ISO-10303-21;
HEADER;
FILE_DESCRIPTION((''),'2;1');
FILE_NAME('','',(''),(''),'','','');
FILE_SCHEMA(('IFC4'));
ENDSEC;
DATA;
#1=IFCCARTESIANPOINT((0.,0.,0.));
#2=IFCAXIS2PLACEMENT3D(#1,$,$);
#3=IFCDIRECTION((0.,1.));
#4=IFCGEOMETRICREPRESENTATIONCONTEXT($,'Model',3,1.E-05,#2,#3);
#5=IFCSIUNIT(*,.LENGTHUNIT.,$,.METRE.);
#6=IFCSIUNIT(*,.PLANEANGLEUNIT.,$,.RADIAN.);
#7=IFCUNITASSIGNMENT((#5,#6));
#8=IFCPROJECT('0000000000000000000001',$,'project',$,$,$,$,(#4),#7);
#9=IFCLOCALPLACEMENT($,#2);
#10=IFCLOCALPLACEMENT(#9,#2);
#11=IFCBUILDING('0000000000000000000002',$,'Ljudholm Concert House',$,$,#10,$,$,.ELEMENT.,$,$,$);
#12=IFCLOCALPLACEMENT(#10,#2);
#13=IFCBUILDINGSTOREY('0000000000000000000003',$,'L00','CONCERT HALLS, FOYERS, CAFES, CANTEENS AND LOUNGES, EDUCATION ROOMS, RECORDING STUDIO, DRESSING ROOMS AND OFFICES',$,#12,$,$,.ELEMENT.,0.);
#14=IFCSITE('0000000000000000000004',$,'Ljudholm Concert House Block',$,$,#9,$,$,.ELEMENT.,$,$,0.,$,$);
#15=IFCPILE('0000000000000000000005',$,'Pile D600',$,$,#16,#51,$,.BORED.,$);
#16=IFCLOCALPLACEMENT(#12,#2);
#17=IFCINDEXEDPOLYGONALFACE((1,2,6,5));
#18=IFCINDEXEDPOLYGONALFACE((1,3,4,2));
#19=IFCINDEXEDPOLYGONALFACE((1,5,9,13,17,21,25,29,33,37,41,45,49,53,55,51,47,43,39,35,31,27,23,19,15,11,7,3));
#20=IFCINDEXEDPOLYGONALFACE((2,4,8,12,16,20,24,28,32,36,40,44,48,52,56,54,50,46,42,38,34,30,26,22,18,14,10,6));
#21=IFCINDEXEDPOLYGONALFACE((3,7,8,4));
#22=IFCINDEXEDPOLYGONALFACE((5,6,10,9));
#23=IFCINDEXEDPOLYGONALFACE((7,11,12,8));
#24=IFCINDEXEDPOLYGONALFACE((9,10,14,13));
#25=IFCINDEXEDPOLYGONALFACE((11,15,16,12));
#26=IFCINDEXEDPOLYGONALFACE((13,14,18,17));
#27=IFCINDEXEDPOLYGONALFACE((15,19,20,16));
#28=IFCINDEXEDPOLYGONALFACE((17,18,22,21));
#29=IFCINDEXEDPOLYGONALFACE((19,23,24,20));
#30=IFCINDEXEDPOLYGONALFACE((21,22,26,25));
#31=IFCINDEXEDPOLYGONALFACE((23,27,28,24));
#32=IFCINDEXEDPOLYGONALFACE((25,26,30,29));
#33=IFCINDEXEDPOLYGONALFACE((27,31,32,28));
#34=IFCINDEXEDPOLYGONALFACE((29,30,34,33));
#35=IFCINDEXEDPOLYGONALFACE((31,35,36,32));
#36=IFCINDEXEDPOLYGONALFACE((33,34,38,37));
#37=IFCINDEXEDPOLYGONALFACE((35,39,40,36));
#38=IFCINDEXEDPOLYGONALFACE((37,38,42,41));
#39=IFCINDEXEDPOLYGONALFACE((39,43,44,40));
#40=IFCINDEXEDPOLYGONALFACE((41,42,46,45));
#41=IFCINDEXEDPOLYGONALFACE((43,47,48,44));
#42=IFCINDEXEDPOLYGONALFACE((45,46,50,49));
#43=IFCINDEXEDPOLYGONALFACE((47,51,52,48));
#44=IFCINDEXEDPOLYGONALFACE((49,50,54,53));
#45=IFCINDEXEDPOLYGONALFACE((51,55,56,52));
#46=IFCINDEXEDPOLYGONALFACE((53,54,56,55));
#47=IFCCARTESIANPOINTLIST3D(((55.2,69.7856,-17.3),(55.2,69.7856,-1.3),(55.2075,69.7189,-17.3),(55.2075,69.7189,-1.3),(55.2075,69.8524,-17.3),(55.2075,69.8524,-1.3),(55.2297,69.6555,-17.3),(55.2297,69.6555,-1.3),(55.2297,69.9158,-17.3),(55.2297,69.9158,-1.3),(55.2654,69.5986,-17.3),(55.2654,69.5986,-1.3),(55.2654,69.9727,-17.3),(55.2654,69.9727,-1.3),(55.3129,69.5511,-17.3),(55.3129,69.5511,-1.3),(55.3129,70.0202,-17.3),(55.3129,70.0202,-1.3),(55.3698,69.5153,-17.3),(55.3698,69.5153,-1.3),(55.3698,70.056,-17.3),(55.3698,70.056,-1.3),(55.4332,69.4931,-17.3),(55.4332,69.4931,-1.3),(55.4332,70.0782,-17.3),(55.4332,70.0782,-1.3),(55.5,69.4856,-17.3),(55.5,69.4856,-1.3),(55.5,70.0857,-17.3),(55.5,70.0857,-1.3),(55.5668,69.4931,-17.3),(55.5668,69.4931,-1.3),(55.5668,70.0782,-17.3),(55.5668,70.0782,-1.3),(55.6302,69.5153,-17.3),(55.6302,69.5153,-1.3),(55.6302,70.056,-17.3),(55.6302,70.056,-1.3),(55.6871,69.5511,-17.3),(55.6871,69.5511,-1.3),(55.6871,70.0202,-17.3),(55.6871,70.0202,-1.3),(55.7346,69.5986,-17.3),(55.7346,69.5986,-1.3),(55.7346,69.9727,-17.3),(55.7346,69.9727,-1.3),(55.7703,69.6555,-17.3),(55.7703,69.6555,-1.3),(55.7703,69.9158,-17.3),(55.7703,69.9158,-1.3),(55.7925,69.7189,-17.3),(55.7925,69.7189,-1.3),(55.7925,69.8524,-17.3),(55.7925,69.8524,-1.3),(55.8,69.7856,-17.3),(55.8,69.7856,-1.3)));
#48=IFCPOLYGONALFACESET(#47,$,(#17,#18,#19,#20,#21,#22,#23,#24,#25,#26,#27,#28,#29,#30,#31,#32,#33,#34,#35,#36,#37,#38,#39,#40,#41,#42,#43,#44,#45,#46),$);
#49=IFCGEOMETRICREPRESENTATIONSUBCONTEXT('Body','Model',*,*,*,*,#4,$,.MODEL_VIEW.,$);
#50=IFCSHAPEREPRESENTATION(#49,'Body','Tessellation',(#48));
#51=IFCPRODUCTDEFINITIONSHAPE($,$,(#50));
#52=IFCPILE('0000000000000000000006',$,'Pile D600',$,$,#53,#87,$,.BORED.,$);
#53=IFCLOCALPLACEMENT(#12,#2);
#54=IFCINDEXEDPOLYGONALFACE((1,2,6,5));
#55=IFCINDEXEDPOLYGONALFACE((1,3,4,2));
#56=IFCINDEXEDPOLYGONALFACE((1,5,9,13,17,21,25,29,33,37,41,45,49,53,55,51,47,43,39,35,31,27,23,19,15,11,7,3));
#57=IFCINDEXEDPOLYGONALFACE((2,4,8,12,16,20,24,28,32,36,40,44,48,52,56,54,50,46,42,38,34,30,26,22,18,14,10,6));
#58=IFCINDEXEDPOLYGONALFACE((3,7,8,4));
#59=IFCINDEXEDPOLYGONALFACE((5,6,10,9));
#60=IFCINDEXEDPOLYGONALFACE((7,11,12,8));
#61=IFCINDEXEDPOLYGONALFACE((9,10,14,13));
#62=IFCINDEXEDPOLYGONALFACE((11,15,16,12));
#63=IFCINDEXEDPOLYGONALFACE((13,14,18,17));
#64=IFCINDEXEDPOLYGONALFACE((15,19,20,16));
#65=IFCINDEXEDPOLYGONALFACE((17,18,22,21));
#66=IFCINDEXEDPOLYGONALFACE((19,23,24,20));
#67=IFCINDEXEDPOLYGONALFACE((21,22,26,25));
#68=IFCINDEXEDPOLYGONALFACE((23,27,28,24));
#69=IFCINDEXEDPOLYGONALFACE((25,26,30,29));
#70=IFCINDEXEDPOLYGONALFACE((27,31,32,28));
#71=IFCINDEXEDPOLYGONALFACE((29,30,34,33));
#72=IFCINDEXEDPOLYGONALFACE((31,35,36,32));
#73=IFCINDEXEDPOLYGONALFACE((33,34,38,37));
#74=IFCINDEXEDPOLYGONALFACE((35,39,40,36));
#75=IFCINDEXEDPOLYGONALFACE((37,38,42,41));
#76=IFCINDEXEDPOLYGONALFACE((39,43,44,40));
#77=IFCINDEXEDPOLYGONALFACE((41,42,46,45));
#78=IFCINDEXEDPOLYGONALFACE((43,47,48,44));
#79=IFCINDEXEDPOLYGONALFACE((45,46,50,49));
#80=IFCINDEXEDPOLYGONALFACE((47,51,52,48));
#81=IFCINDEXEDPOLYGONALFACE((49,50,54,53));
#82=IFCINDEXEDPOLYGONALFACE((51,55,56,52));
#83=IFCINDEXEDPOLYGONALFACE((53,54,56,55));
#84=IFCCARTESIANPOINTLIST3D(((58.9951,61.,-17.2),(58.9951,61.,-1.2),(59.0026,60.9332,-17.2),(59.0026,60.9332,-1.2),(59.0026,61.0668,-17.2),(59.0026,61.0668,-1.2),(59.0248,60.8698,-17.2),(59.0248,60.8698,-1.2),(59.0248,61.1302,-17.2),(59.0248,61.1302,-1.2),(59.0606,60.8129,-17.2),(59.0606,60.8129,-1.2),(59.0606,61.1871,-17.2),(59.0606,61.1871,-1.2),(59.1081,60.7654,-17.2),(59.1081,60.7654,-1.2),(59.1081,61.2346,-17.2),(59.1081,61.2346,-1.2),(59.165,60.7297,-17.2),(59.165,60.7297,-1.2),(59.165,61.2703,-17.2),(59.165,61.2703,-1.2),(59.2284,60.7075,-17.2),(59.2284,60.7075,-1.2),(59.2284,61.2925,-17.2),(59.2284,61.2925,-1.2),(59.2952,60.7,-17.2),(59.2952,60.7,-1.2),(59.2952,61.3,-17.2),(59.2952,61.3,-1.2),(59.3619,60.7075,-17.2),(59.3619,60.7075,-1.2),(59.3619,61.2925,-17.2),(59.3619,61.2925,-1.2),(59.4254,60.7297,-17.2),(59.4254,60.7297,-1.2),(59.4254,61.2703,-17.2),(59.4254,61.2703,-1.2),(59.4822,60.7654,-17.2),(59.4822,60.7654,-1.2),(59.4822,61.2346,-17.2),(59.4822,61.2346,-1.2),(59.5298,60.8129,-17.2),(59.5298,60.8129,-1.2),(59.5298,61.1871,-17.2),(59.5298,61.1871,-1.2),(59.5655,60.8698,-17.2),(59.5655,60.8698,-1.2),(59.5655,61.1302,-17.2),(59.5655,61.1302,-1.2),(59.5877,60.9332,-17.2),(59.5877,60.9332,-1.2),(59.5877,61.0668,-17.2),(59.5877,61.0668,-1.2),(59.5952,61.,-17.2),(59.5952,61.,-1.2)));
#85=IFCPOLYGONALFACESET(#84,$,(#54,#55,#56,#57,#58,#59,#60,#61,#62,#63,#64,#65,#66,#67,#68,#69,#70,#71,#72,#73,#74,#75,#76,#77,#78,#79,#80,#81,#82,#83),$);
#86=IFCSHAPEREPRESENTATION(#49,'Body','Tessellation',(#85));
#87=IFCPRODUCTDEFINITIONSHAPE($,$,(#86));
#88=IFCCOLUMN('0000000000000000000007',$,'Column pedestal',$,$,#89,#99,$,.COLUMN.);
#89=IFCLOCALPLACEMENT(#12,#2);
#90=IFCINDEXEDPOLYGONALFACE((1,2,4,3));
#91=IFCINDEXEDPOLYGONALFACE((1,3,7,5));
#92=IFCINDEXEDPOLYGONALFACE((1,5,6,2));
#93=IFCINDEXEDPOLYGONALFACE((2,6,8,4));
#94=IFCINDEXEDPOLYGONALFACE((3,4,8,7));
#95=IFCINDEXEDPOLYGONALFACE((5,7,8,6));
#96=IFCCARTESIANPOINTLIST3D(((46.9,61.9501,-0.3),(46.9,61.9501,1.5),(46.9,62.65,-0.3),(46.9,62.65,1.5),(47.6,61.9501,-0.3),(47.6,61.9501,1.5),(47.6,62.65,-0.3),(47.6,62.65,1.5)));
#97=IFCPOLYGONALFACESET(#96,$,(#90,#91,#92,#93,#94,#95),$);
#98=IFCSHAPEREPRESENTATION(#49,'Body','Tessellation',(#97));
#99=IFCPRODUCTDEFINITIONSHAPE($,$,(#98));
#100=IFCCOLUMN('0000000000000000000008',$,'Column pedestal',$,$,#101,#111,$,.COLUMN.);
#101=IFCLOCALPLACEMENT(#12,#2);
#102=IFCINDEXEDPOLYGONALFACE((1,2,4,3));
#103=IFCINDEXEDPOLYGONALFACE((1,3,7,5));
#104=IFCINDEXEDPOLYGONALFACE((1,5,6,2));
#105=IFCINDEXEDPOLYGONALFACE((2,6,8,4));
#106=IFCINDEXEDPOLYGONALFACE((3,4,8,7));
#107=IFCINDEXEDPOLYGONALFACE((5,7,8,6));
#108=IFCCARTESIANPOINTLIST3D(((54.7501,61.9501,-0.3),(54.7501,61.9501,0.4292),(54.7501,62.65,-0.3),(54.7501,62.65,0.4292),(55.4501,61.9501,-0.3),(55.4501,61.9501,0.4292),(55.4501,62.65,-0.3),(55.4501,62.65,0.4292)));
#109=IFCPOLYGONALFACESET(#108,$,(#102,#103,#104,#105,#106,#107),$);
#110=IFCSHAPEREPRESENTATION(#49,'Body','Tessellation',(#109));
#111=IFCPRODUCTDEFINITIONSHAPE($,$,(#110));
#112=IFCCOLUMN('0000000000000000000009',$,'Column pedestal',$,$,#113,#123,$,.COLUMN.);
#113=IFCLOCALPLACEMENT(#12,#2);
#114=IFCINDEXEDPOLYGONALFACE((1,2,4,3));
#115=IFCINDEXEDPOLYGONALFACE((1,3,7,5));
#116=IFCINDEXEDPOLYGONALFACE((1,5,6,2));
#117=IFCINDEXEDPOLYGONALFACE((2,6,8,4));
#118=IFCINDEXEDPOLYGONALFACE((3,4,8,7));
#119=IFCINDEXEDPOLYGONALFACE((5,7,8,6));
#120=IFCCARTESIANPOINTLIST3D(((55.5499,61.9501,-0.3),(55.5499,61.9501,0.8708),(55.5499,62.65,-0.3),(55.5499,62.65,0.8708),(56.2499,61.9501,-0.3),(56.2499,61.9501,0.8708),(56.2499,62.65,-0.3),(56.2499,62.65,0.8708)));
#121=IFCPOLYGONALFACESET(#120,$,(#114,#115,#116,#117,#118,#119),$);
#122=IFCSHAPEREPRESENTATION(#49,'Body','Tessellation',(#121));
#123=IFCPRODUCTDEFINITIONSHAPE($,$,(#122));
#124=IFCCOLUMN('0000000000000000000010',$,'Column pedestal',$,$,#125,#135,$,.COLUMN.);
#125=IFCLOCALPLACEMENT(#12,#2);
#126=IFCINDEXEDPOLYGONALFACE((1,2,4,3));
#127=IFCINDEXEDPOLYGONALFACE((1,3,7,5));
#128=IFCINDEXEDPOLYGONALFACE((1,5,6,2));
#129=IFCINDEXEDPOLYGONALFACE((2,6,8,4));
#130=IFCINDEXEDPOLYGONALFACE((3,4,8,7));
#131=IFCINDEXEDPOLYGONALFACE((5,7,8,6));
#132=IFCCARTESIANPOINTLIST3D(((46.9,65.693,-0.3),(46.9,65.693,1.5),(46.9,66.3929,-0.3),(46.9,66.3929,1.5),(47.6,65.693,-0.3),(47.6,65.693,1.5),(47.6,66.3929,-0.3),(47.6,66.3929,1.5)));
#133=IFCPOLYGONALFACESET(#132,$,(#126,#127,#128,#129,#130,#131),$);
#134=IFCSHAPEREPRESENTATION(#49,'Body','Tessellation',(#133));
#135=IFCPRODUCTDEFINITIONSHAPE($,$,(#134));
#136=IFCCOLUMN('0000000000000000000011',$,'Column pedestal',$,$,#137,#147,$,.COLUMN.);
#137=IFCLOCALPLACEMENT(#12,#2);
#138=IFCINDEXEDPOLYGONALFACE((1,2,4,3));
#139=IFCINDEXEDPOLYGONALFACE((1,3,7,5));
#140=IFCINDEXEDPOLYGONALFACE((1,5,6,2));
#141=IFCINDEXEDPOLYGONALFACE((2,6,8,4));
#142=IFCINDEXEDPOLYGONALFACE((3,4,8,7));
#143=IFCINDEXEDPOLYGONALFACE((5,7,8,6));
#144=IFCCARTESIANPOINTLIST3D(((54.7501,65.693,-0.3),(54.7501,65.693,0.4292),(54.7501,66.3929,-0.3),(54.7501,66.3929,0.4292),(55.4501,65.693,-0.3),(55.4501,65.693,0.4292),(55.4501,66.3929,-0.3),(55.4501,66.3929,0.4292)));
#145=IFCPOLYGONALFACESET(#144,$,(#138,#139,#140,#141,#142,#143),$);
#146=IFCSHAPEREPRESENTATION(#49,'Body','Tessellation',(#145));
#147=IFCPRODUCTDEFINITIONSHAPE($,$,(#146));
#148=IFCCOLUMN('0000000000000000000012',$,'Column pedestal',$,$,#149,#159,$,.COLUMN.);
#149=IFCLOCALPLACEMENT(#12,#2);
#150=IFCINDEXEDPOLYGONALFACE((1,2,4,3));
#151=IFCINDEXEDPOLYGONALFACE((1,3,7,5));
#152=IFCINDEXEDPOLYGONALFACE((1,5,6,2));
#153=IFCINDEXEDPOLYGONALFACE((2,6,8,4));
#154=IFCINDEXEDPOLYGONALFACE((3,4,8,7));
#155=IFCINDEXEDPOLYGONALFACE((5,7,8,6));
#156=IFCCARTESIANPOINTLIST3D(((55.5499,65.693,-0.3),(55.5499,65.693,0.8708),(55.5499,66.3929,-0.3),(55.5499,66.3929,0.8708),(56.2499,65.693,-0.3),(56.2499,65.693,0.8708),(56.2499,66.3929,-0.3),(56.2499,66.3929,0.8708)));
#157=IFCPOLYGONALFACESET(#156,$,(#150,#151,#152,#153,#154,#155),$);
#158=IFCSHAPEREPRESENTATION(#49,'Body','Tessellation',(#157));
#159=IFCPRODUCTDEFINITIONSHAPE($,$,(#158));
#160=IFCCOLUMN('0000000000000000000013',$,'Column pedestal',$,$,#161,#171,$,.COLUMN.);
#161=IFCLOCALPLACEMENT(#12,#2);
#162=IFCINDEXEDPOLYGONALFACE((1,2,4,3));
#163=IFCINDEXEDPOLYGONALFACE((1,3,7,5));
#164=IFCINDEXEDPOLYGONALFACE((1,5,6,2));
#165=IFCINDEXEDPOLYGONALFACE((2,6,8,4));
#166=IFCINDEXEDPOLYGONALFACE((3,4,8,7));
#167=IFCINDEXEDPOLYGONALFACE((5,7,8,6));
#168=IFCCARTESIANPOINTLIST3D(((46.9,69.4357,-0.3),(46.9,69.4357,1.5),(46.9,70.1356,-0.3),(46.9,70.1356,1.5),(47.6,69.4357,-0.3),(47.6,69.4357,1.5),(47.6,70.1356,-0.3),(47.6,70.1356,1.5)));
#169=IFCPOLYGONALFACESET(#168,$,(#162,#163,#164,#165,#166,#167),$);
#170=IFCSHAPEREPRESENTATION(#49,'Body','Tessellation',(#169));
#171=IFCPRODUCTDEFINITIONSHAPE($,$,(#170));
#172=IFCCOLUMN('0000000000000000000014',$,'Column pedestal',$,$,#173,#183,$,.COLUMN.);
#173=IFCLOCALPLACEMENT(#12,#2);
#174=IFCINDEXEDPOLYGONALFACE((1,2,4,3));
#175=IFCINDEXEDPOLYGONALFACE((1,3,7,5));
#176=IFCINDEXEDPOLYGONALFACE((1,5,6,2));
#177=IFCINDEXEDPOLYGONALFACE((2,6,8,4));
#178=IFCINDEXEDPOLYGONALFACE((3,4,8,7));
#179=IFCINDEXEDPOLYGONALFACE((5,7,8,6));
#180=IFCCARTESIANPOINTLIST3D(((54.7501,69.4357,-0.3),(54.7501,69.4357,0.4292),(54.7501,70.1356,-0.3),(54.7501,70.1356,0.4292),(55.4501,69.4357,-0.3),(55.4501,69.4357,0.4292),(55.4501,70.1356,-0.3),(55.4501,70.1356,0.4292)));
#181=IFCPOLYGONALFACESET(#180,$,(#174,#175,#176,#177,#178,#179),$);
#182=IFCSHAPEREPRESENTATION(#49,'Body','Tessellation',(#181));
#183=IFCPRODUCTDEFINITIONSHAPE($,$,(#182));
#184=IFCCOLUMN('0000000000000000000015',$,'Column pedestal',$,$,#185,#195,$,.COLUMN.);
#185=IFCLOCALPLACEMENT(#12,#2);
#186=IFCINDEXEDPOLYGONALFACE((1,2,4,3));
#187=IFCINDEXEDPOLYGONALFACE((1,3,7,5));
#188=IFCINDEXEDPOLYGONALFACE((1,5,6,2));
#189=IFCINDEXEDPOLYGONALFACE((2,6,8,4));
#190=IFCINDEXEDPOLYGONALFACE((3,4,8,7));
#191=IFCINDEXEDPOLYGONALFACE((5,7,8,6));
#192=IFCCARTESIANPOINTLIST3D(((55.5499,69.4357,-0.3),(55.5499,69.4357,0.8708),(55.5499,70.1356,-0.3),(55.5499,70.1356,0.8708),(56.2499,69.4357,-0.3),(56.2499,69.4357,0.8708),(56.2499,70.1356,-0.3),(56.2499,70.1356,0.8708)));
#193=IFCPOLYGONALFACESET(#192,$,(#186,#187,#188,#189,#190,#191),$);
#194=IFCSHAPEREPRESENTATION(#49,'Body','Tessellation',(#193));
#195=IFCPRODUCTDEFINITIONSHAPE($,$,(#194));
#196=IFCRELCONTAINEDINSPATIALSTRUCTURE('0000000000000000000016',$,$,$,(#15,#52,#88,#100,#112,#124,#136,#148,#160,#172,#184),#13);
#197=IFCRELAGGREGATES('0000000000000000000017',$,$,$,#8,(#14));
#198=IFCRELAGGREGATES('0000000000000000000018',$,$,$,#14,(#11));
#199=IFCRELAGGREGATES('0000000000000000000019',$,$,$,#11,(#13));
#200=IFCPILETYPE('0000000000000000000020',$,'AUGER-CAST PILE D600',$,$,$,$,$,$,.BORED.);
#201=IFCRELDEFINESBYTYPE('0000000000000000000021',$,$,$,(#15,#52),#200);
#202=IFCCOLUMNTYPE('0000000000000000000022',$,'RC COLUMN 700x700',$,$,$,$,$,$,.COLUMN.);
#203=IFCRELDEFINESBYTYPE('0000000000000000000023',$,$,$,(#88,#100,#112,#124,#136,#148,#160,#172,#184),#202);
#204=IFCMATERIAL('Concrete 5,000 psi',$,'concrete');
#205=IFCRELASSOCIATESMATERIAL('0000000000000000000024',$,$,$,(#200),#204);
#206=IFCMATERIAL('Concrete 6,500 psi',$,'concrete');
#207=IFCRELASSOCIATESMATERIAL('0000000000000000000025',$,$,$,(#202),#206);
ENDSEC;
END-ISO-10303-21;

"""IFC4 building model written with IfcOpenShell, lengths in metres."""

from ifc_helpers import new_model, si_unit, direction, frame, origin, origin_2d, place, context, subcontext, project, spatial, rectangle, circle, extrude, material, material_profile, profile_set, type_object, element, save


model = new_model("IFC4")

# Units and contexts
model_context = context("Model", 3, precision=1e-05, world=origin(), true_north=direction((0.0, 1.0)))
body_context = subcontext(model_context, "Body", "Model", "MODEL_VIEW")
ifc_project = project(units=[si_unit("LENGTHUNIT", "METRE"), si_unit("PLANEANGLEUNIT", "RADIAN")], contexts=[model_context])

# Site, building, storey
site_placement = place(None, origin())
site = spatial("IfcSite", under=ifc_project, at=site_placement, Name="Ljudholm Concert House Block", CompositionType="ELEMENT", RefElevation=0.0)
building_placement = place(site_placement, origin())
building = spatial("IfcBuilding", under=site, at=building_placement, Name="Ljudholm Concert House", CompositionType="ELEMENT")
storey_placement = place(building_placement, origin())
storey = spatial("IfcBuildingStorey", under=building, at=storey_placement, Name="L00", Description="CONCERT HALLS, FOYERS, CAFES, CANTEENS AND LOUNGES, EDUCATION ROOMS, RECORDING STUDIO, DRESSING ROOMS AND OFFICES", CompositionType="ELEMENT", Elevation=0.0)

# Piles
ifc_material_1 = material(Name="Concrete 5,000 psi", Category="concrete")
ifc_material_profile_1 = material_profile(ifc_material_1, circle(Radius=0.3, at=origin_2d()), Name="AUGER-CAST PILE D600")
ifc_profile_set_1 = profile_set([ifc_material_profile_1], Name="Concrete 5,000 psi")
pile_type = type_object("IfcPileType", Name="AUGER-CAST PILE D600", PredefinedType="BORED", material=ifc_profile_set_1)
for number, where, z_axis, x_axis, name in (
    (1, (55.5, 69.7856, -1.3), (0.0, 0.0, -1.0), (1.0, 0.0, 0.0), "Pile D600"),
    (2, (59.2952, 61.0, -1.2), (0.0, 0.0, -1.0), (1.0, 0.0, 0.0), "Pile D600"),
):
    element("IfcPile", number, at=place(storey_placement, frame(where, z_axis=z_axis, x_axis=x_axis)), inside=storey, type_object=pile_type, Name=name, PredefinedType="BORED", context=body_context, shape_type="SweptSolid", body=[
        extrude(circle(Radius=0.3, at=origin_2d()), origin(), (0.0, 0.0, 1.0), 16.0),
    ])

# Columns
ifc_material_2 = material(Name="Concrete 6,500 psi", Category="concrete")
ifc_material_profile_2 = material_profile(ifc_material_2, rectangle(XDim=0.7, YDim=0.7, at=origin_2d()), Name="RC COLUMN 700x700")
ifc_profile_set_2 = profile_set([ifc_material_profile_2], Name="Concrete 6,500 psi")
column_type = type_object("IfcColumnType", Name="RC COLUMN 700x700", PredefinedType="COLUMN", material=ifc_profile_set_2)
column_1_placement = place(storey_placement, frame((47.25, 62.3, -0.3), z_axis=(0.0, 0.0, 1.0), x_axis=(1.0, 0.0, 0.0)))
element("IfcColumn", 3, at=column_1_placement, inside=storey, type_object=column_type, Name="Column pedestal", PredefinedType="COLUMN", context=body_context, shape_type="SweptSolid", body=[
    extrude(rectangle(XDim=0.7, YDim=0.7, at=origin_2d()), origin(), (0.0, 0.0, 1.0), 1.8),
])
column_2_placement = place(storey_placement, frame((55.1001, 62.3, -0.3), z_axis=(0.0, 0.0, 1.0), x_axis=(1.0, 0.0, 0.0)))
element("IfcColumn", 4, at=column_2_placement, inside=storey, type_object=column_type, Name="Column pedestal", PredefinedType="COLUMN", context=body_context, shape_type="SweptSolid", body=[
    extrude(rectangle(XDim=0.7, YDim=0.7, at=origin_2d()), origin(), (0.0, 0.0, 1.0), 0.7292),
])
column_3_placement = place(storey_placement, frame((55.8999, 62.3, -0.3), z_axis=(0.0, 0.0, 1.0), x_axis=(1.0, 0.0, 0.0)))
element("IfcColumn", 5, at=column_3_placement, inside=storey, type_object=column_type, Name="Column pedestal", PredefinedType="COLUMN", context=body_context, shape_type="SweptSolid", body=[
    extrude(rectangle(XDim=0.7, YDim=0.7, at=origin_2d()), origin(), (0.0, 0.0, 1.0), 1.1709),
])
column_4_placement = place(storey_placement, frame((47.25, 66.043, -0.3), z_axis=(0.0, 0.0, 1.0), x_axis=(1.0, 0.0, 0.0)))
element("IfcColumn", 6, at=column_4_placement, inside=storey, type_object=column_type, Name="Column pedestal", PredefinedType="COLUMN", context=body_context, shape_type="SweptSolid", body=[
    extrude(rectangle(XDim=0.7, YDim=0.7, at=origin_2d()), origin(), (0.0, 0.0, 1.0), 1.8),
])
column_5_placement = place(storey_placement, frame((55.1001, 66.043, -0.3), z_axis=(0.0, 0.0, 1.0), x_axis=(1.0, 0.0, 0.0)))
element("IfcColumn", 7, at=column_5_placement, inside=storey, type_object=column_type, Name="Column pedestal", PredefinedType="COLUMN", context=body_context, shape_type="SweptSolid", body=[
    extrude(rectangle(XDim=0.7, YDim=0.7, at=origin_2d()), origin(), (0.0, 0.0, 1.0), 0.7292),
])
column_6_placement = place(storey_placement, frame((55.8999, 66.043, -0.3), z_axis=(0.0, 0.0, 1.0), x_axis=(1.0, 0.0, 0.0)))
element("IfcColumn", 8, at=column_6_placement, inside=storey, type_object=column_type, Name="Column pedestal", PredefinedType="COLUMN", context=body_context, shape_type="SweptSolid", body=[
    extrude(rectangle(XDim=0.7, YDim=0.7, at=origin_2d()), origin(), (0.0, 0.0, 1.0), 1.1709),
])
column_7_placement = place(storey_placement, frame((47.25, 69.7856, -0.3), z_axis=(0.0, 0.0, 1.0), x_axis=(1.0, 0.0, 0.0)))
element("IfcColumn", 9, at=column_7_placement, inside=storey, type_object=column_type, Name="Column pedestal", PredefinedType="COLUMN", context=body_context, shape_type="SweptSolid", body=[
    extrude(rectangle(XDim=0.7, YDim=0.7, at=origin_2d()), origin(), (0.0, 0.0, 1.0), 1.8),
])
column_8_placement = place(storey_placement, frame((55.1001, 69.7856, -0.3), z_axis=(0.0, 0.0, 1.0), x_axis=(1.0, 0.0, 0.0)))
element("IfcColumn", 10, at=column_8_placement, inside=storey, type_object=column_type, Name="Column pedestal", PredefinedType="COLUMN", context=body_context, shape_type="SweptSolid", body=[
    extrude(rectangle(XDim=0.7, YDim=0.7, at=origin_2d()), origin(), (0.0, 0.0, 1.0), 0.7292),
])
column_9_placement = place(storey_placement, frame((55.8999, 69.7856, -0.3), z_axis=(0.0, 0.0, 1.0), x_axis=(1.0, 0.0, 0.0)))
element("IfcColumn", 11, at=column_9_placement, inside=storey, type_object=column_type, Name="Column pedestal", PredefinedType="COLUMN", context=body_context, shape_type="SweptSolid", body=[
    extrude(rectangle(XDim=0.7, YDim=0.7, at=origin_2d()), origin(), (0.0, 0.0, 1.0), 1.1709),
])

save(model, "model.ifc")
